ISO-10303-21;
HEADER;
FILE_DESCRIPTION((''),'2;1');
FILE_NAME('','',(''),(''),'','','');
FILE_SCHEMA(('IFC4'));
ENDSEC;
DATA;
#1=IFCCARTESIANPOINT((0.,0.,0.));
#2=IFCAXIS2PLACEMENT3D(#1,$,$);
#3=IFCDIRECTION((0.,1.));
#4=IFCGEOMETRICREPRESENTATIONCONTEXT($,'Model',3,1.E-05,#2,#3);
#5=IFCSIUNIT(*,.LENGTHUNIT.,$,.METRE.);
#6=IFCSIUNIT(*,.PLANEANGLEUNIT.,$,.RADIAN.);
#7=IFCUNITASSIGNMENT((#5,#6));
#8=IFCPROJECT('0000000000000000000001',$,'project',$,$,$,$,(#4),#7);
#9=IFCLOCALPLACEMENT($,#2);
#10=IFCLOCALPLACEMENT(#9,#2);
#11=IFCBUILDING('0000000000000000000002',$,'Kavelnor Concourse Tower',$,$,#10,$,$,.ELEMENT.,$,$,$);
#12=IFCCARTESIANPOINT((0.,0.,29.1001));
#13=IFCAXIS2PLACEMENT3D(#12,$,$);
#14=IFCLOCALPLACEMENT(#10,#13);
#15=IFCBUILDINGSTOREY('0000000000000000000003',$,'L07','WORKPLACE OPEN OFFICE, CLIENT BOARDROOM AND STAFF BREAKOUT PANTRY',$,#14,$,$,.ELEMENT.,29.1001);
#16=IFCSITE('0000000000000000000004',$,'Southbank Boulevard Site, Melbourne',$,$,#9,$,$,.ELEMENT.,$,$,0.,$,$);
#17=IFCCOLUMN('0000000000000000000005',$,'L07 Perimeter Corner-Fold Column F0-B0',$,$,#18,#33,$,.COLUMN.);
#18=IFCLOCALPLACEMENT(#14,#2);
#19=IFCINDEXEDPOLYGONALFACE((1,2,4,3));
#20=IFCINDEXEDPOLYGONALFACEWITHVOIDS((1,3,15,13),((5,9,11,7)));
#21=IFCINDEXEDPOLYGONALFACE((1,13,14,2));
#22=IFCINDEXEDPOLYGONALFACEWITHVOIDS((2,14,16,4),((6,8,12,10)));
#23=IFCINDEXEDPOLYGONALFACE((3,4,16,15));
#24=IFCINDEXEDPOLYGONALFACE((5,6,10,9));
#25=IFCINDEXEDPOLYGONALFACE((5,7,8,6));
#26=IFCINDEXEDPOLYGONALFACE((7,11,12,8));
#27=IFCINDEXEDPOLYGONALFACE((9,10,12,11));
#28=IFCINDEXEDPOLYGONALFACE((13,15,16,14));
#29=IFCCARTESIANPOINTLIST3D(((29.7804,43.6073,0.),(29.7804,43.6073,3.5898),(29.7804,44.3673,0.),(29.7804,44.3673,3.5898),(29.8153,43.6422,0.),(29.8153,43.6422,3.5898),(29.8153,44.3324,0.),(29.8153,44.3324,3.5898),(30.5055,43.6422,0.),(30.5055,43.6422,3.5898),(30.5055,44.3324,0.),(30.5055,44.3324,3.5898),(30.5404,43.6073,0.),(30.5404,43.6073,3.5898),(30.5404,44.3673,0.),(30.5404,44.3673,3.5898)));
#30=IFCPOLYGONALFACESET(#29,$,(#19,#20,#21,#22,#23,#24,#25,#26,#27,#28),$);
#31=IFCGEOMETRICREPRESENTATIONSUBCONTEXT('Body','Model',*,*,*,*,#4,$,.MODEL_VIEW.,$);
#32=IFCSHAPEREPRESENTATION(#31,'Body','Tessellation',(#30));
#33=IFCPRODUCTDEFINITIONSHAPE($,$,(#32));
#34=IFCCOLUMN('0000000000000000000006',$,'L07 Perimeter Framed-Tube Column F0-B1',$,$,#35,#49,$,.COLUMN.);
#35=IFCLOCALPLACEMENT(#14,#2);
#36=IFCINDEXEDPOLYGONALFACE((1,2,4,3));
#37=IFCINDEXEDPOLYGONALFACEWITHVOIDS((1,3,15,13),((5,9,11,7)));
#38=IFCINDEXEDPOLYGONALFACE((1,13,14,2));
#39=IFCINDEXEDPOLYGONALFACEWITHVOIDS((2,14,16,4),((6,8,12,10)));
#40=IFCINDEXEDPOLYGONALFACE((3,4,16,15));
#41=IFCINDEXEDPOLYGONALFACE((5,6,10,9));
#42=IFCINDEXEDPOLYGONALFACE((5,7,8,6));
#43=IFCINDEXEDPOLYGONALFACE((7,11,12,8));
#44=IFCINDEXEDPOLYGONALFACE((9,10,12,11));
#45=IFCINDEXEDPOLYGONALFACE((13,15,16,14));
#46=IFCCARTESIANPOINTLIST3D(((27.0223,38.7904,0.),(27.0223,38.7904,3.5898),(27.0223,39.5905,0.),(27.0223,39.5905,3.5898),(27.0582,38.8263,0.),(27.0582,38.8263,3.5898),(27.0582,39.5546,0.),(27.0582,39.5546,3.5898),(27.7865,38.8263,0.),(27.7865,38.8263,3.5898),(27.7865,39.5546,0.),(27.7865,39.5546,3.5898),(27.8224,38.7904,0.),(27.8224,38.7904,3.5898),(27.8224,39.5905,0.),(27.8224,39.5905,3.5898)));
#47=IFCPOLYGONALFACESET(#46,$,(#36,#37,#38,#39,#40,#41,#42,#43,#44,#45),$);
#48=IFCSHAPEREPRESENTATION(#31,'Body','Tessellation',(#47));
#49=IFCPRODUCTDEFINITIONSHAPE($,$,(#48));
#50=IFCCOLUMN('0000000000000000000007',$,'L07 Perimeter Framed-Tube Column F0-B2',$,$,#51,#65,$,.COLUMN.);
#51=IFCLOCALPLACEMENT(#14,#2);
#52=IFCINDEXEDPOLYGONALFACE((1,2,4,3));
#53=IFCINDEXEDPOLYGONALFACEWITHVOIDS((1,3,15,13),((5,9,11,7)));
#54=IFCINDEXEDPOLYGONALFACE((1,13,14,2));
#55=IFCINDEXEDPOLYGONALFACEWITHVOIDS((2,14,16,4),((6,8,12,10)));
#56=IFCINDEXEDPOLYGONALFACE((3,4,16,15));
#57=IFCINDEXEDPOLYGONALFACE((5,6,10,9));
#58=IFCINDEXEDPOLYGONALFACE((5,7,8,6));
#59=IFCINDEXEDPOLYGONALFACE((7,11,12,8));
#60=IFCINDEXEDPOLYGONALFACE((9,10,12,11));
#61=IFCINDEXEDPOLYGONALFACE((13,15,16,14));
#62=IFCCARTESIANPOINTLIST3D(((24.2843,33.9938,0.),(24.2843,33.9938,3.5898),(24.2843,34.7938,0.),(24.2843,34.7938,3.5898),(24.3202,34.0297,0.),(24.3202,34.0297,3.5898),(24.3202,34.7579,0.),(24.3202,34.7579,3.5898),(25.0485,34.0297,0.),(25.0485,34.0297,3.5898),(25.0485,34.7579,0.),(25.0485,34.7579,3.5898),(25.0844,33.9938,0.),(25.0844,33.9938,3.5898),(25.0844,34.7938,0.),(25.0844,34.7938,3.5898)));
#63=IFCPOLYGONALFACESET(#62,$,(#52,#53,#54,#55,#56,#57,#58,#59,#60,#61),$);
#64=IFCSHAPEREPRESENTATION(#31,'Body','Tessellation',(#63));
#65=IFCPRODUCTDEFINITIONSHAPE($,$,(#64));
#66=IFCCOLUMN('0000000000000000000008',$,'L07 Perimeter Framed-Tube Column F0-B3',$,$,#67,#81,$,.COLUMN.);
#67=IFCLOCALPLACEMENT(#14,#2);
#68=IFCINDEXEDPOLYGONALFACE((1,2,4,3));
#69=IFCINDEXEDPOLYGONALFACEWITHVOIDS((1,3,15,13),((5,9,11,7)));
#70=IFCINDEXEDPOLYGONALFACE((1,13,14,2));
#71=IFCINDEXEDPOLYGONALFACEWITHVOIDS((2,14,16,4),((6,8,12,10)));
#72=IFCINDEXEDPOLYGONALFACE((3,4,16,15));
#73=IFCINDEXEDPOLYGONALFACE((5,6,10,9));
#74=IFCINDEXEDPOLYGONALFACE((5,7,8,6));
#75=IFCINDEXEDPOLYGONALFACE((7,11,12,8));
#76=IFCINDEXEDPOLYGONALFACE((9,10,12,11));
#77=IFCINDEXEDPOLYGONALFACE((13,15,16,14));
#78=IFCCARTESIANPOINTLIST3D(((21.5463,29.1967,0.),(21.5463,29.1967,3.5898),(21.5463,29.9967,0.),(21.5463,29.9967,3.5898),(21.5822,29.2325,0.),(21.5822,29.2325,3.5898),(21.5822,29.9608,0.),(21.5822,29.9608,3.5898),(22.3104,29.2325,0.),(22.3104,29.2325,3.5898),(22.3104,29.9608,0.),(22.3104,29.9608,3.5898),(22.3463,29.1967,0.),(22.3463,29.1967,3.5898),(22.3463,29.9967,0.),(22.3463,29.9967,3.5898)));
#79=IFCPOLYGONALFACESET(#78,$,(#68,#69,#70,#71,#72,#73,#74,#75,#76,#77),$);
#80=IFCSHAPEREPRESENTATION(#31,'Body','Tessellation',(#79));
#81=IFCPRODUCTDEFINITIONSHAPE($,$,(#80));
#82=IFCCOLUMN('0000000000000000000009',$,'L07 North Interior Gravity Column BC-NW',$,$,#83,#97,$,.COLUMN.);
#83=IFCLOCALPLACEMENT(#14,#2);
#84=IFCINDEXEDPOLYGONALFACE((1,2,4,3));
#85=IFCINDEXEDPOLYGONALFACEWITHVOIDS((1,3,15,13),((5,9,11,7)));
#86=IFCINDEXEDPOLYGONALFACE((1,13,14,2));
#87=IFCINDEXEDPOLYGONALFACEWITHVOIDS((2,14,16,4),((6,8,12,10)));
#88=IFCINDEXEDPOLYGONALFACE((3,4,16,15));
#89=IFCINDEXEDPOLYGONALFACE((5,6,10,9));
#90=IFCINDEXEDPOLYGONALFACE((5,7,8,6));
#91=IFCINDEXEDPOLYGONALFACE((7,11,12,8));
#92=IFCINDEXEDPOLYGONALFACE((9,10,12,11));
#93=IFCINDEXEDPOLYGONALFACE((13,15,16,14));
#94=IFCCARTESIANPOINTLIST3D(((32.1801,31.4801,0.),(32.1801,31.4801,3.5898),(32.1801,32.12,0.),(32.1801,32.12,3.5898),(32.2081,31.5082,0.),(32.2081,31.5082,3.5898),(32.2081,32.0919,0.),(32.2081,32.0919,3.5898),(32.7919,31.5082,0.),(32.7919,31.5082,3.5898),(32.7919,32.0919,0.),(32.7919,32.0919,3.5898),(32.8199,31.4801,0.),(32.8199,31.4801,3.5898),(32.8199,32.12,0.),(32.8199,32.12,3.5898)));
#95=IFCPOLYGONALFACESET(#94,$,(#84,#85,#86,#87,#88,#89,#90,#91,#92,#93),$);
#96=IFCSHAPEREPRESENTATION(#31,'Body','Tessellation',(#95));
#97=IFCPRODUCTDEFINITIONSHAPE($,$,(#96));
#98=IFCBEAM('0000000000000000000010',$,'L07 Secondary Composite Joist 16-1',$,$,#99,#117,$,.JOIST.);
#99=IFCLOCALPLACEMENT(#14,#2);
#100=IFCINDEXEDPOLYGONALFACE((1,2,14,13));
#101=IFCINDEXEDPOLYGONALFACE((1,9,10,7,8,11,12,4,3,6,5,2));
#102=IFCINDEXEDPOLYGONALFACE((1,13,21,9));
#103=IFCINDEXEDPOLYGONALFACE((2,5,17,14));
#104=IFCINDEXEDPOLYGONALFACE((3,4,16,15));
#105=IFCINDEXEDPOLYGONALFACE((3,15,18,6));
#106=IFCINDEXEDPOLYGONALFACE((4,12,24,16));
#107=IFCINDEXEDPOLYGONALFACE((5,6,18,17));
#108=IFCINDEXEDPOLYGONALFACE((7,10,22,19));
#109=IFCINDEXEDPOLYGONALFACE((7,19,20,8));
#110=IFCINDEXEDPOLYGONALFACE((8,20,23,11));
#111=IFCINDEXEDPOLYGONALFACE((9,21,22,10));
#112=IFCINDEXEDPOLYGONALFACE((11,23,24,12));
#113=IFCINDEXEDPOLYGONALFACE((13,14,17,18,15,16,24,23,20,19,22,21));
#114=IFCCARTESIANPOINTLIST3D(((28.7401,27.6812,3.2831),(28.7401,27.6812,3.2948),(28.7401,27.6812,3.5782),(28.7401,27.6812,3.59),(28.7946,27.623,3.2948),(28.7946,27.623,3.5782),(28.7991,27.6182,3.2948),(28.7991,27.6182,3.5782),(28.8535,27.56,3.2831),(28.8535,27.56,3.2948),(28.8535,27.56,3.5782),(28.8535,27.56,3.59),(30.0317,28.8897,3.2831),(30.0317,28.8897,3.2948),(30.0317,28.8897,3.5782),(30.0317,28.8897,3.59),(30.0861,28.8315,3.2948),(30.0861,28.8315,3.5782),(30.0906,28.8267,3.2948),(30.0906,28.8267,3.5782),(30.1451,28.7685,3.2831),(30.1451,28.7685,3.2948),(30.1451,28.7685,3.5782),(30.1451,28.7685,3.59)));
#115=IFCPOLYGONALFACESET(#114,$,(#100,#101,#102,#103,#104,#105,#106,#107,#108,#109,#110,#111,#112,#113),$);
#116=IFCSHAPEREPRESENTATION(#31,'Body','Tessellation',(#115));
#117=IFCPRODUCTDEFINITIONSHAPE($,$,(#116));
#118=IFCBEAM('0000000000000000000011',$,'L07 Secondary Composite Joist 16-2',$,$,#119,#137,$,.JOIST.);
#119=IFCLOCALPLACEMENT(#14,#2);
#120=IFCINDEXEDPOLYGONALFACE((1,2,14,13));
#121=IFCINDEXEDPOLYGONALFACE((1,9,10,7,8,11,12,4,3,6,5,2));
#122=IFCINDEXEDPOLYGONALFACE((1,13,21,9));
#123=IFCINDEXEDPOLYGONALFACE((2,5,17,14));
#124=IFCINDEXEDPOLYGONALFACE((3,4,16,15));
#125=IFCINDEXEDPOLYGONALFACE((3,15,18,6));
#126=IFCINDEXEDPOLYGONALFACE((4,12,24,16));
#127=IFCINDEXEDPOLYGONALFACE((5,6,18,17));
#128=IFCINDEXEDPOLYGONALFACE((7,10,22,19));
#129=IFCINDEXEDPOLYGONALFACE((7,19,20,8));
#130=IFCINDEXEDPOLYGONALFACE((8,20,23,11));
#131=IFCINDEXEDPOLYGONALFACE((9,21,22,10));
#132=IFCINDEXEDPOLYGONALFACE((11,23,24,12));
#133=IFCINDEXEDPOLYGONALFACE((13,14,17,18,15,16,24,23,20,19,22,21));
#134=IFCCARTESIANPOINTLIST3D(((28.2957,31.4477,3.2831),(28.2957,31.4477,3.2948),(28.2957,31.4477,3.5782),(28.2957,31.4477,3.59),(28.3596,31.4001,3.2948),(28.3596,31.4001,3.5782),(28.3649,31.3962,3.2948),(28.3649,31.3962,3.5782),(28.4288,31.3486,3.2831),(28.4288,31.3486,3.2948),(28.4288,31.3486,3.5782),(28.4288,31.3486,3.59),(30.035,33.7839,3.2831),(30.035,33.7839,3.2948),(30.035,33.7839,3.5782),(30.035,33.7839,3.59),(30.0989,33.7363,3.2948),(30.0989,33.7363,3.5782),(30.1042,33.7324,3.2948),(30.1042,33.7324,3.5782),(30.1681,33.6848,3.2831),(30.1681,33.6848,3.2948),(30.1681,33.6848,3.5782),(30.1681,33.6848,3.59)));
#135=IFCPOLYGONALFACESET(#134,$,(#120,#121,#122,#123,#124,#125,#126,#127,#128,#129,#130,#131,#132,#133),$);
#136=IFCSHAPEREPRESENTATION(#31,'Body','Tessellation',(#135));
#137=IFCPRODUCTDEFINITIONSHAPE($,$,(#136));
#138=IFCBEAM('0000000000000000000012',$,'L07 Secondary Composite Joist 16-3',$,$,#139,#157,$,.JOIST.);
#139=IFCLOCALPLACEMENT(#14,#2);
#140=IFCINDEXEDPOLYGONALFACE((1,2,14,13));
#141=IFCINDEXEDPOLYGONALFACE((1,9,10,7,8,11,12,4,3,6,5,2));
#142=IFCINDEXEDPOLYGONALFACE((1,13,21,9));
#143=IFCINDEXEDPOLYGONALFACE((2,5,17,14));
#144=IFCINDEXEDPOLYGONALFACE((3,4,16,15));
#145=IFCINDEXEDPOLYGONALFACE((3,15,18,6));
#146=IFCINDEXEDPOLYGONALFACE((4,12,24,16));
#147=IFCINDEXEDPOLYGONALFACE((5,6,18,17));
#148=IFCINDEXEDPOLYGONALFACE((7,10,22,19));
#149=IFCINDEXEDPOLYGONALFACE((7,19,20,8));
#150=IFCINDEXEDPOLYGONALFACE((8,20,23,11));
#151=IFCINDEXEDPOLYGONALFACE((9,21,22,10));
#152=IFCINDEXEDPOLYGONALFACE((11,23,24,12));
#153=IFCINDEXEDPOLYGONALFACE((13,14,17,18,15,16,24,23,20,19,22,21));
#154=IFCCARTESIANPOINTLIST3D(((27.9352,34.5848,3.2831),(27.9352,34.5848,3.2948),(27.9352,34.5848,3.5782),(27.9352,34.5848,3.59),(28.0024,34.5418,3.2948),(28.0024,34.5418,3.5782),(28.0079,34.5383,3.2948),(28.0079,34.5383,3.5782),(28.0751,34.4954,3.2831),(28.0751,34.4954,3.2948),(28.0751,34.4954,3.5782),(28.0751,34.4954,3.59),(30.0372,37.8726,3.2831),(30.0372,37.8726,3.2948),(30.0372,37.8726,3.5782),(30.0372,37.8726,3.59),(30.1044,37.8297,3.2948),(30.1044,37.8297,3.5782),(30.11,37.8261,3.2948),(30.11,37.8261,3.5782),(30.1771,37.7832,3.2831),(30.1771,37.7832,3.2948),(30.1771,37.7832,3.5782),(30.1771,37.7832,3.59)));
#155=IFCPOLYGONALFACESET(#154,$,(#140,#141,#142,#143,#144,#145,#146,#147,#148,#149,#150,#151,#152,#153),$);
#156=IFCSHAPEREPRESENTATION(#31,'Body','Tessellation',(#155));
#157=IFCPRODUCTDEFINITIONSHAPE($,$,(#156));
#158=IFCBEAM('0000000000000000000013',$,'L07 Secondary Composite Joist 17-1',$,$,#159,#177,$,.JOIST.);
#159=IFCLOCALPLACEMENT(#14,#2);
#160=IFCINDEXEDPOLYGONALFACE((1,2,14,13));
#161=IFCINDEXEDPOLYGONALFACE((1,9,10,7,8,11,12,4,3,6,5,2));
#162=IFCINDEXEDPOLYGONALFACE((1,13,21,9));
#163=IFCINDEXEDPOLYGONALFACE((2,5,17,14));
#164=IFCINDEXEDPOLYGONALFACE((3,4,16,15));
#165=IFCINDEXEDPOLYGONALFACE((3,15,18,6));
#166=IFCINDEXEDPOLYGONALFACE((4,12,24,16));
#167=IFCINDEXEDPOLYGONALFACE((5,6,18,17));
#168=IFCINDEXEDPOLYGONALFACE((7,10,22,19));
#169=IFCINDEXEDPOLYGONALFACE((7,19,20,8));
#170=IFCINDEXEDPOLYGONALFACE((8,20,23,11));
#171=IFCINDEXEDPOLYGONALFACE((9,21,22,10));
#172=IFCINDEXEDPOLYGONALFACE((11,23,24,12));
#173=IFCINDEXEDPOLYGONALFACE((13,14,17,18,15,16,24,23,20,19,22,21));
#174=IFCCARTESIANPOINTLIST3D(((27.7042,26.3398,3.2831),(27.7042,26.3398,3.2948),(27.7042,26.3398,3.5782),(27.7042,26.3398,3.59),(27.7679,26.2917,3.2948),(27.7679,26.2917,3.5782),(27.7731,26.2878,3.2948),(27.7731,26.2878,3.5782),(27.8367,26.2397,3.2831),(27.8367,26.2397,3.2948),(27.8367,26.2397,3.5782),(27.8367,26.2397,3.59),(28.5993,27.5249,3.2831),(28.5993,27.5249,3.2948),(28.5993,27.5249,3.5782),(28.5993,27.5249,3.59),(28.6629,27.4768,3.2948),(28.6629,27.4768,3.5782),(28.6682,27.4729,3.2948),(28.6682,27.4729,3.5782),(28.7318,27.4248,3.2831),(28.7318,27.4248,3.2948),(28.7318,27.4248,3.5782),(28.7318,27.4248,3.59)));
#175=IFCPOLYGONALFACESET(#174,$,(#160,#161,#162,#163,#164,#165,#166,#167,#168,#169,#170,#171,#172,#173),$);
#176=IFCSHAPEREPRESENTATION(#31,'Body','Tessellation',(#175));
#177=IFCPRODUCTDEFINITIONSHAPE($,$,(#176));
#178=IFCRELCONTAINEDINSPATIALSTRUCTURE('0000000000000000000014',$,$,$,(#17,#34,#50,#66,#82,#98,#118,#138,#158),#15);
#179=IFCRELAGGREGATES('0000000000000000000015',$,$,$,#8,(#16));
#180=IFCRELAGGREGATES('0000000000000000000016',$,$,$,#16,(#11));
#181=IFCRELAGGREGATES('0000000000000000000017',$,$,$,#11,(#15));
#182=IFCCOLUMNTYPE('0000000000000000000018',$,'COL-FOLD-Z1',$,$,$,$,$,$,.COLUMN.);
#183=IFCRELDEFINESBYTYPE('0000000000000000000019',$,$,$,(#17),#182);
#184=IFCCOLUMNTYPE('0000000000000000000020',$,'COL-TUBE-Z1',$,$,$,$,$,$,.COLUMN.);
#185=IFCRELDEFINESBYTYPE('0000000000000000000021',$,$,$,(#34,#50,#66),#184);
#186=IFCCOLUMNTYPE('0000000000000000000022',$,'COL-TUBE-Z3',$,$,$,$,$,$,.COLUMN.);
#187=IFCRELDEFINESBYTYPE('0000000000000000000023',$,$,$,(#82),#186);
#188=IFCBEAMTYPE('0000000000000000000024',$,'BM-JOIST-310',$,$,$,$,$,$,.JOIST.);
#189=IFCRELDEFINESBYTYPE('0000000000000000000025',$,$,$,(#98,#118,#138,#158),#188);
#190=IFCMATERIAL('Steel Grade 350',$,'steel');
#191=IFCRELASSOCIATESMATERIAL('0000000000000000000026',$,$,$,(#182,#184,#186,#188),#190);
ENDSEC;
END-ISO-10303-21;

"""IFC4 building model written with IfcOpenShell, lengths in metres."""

from ifc_helpers import new_model, si_unit, direction, frame, origin, origin_2d, place, context, subcontext, project, spatial, hollow_rectangle, i_section, extrude, material, material_profile, profile_set, type_object, element, save


model = new_model("IFC4")

# Units and contexts
model_context = context("Model", 3, precision=1e-05, world=origin(), true_north=direction((0.0, 1.0)))
body_context = subcontext(model_context, "Body", "Model", "MODEL_VIEW")
ifc_project = project(units=[si_unit("LENGTHUNIT", "METRE"), si_unit("PLANEANGLEUNIT", "RADIAN")], contexts=[model_context])

# Site, building, storey
site_placement = place(None, origin())
site = spatial("IfcSite", under=ifc_project, at=site_placement, Name="Southbank Boulevard Site, Melbourne", CompositionType="ELEMENT", RefElevation=0.0)
building_placement = place(site_placement, origin())
building = spatial("IfcBuilding", under=site, at=building_placement, Name="Kavelnor Concourse Tower", CompositionType="ELEMENT")
storey_placement = place(building_placement, frame((0.0, 0.0, 29.1001)))
storey = spatial("IfcBuildingStorey", under=building, at=storey_placement, Name="L07", Description="WORKPLACE OPEN OFFICE, CLIENT BOARDROOM AND STAFF BREAKOUT PANTRY", CompositionType="ELEMENT", Elevation=29.1001)

# Columns
ifc_material_1 = material(Name="Steel Grade 350", Category="steel")
ifc_material_profile_1 = material_profile(ifc_material_1, hollow_rectangle(XDim=0.76, YDim=0.76, WallThickness=0.0349, at=origin_2d()), Name="SHS 760x760x35")
ifc_profile_set_1 = profile_set([ifc_material_profile_1], Name="Steel Grade 350")
column_type_1 = type_object("IfcColumnType", Name="COL-FOLD-Z1", PredefinedType="COLUMN", material=ifc_profile_set_1)
column_1_placement = place(storey_placement, frame((30.1604, 43.9873, 0.0), z_axis=(0.0, 0.0, 1.0), x_axis=(1.0, 0.0, 0.0)))
element("IfcColumn", 1, at=column_1_placement, inside=storey, type_object=column_type_1, Name="L07 Perimeter Corner-Fold Column F0-B0", PredefinedType="COLUMN", context=body_context, shape_type="SweptSolid", body=[
    extrude(hollow_rectangle(XDim=0.76, YDim=0.76, WallThickness=0.0349, at=origin_2d()), origin(), (0.0, 0.0, 1.0), 3.5898),
])
ifc_material_profile_2 = material_profile(ifc_material_1, hollow_rectangle(XDim=0.8, YDim=0.8, WallThickness=0.0359, at=origin_2d()), Name="SHS 800x800x36")
ifc_profile_set_2 = profile_set([ifc_material_profile_2], Name="Steel Grade 350")
column_type_2 = type_object("IfcColumnType", Name="COL-TUBE-Z1", PredefinedType="COLUMN", material=ifc_profile_set_2)
for number, where, z_axis, x_axis, name in (
    (2, (27.4224, 39.1904, 0.0), (0.0, 0.0, 1.0), (1.0, 0.0, 0.0), "L07 Perimeter Framed-Tube Column F0-B1"),
    (3, (24.6843, 34.3938, 0.0), (0.0, 0.0, 1.0), (1.0, 0.0, 0.0), "L07 Perimeter Framed-Tube Column F0-B2"),
    (4, (21.9463, 29.5967, 0.0), (0.0, 0.0, 1.0), (1.0, 0.0, 0.0), "L07 Perimeter Framed-Tube Column F0-B3"),
):
    element("IfcColumn", number, at=place(storey_placement, frame(where, z_axis=z_axis, x_axis=x_axis)), inside=storey, type_object=column_type_2, Name=name, PredefinedType="COLUMN", context=body_context, shape_type="SweptSolid", body=[
        extrude(hollow_rectangle(XDim=0.8, YDim=0.8, WallThickness=0.0359, at=origin_2d()), origin(), (0.0, 0.0, 1.0), 3.5898),
    ])
ifc_material_profile_3 = material_profile(ifc_material_1, hollow_rectangle(XDim=0.6399, YDim=0.6399, WallThickness=0.0281, at=origin_2d()), Name="SHS 640x640x28")
ifc_profile_set_3 = profile_set([ifc_material_profile_3], Name="Steel Grade 350")
column_type_3 = type_object("IfcColumnType", Name="COL-TUBE-Z3", PredefinedType="COLUMN", material=ifc_profile_set_3)
column_2_placement = place(storey_placement, frame((32.5, 31.8, 0.0), z_axis=(0.0, 0.0, 1.0), x_axis=(1.0, 0.0, 0.0)))
element("IfcColumn", 5, at=column_2_placement, inside=storey, type_object=column_type_3, Name="L07 North Interior Gravity Column BC-NW", PredefinedType="COLUMN", context=body_context, shape_type="SweptSolid", body=[
    extrude(hollow_rectangle(XDim=0.6399, YDim=0.6399, WallThickness=0.0281, at=origin_2d()), origin(), (0.0, 0.0, 1.0), 3.5898),
])

# Beams
ifc_material_profile_4 = material_profile(ifc_material_1, i_section(OverallWidth=0.166, OverallDepth=0.3069, WebThickness=0.0066, FlangeThickness=0.0117, at=origin_2d()), Name="310UB46")
ifc_profile_set_4 = profile_set([ifc_material_profile_4], Name="Steel Grade 350")
beam_type_1 = type_object("IfcBeamType", Name="BM-JOIST-310", PredefinedType="JOIST", material=ifc_profile_set_4)
beam_1_placement = place(storey_placement, frame((30.0884, 28.8291, 3.4365), z_axis=(-0.730183, -0.683252, 0.0), x_axis=(0.683252, -0.730183, 0.0)))
element("IfcBeam", 6, at=beam_1_placement, inside=storey, type_object=beam_type_1, Name="L07 Secondary Composite Joist 16-1", PredefinedType="JOIST", context=body_context, shape_type="SweptSolid", body=[
    extrude(i_section(OverallWidth=0.166, OverallDepth=0.3069, WebThickness=0.0066, FlangeThickness=0.0117, at=origin_2d()), origin(), (0.0, 0.0, 1.0), 1.7688),
])
beam_2_placement = place(storey_placement, frame((30.1016, 33.7344, 3.4365), z_axis=(-0.597166, -0.802117, 0.0), x_axis=(0.802117, -0.597166, 0.0)))
element("IfcBeam", 7, at=beam_2_placement, inside=storey, type_object=beam_type_1, Name="L07 Secondary Composite Joist 16-2", PredefinedType="JOIST", context=body_context, shape_type="SweptSolid", body=[
    extrude(i_section(OverallWidth=0.166, OverallDepth=0.3069, WebThickness=0.0066, FlangeThickness=0.0117, at=origin_2d()), origin(), (0.0, 0.0, 1.0), 2.9126),
])
beam_3_placement = place(storey_placement, frame((30.1072, 37.8279, 3.4365), z_axis=(-0.53866, -0.842524, 0.0), x_axis=(0.842524, -0.53866, 0.0)))
element("IfcBeam", 8, at=beam_3_placement, inside=storey, type_object=beam_type_1, Name="L07 Secondary Composite Joist 16-3", PredefinedType="JOIST", context=body_context, shape_type="SweptSolid", body=[
    extrude(i_section(OverallWidth=0.166, OverallDepth=0.3069, WebThickness=0.0066, FlangeThickness=0.0117, at=origin_2d()), origin(), (0.0, 0.0, 1.0), 3.9023),
])
beam_4_placement = place(storey_placement, frame((28.6655, 27.4749, 3.4365), z_axis=(-0.60268, -0.797983, 0.0), x_axis=(0.797983, -0.60268, 0.0)))
element("IfcBeam", 9, at=beam_4_placement, inside=storey, type_object=beam_type_1, Name="L07 Secondary Composite Joist 17-1", PredefinedType="JOIST", context=body_context, shape_type="SweptSolid", body=[
    extrude(i_section(OverallWidth=0.166, OverallDepth=0.3069, WebThickness=0.0066, FlangeThickness=0.0117, at=origin_2d()), origin(), (0.0, 0.0, 1.0), 1.4851),
])

save(model, "model.ifc")
